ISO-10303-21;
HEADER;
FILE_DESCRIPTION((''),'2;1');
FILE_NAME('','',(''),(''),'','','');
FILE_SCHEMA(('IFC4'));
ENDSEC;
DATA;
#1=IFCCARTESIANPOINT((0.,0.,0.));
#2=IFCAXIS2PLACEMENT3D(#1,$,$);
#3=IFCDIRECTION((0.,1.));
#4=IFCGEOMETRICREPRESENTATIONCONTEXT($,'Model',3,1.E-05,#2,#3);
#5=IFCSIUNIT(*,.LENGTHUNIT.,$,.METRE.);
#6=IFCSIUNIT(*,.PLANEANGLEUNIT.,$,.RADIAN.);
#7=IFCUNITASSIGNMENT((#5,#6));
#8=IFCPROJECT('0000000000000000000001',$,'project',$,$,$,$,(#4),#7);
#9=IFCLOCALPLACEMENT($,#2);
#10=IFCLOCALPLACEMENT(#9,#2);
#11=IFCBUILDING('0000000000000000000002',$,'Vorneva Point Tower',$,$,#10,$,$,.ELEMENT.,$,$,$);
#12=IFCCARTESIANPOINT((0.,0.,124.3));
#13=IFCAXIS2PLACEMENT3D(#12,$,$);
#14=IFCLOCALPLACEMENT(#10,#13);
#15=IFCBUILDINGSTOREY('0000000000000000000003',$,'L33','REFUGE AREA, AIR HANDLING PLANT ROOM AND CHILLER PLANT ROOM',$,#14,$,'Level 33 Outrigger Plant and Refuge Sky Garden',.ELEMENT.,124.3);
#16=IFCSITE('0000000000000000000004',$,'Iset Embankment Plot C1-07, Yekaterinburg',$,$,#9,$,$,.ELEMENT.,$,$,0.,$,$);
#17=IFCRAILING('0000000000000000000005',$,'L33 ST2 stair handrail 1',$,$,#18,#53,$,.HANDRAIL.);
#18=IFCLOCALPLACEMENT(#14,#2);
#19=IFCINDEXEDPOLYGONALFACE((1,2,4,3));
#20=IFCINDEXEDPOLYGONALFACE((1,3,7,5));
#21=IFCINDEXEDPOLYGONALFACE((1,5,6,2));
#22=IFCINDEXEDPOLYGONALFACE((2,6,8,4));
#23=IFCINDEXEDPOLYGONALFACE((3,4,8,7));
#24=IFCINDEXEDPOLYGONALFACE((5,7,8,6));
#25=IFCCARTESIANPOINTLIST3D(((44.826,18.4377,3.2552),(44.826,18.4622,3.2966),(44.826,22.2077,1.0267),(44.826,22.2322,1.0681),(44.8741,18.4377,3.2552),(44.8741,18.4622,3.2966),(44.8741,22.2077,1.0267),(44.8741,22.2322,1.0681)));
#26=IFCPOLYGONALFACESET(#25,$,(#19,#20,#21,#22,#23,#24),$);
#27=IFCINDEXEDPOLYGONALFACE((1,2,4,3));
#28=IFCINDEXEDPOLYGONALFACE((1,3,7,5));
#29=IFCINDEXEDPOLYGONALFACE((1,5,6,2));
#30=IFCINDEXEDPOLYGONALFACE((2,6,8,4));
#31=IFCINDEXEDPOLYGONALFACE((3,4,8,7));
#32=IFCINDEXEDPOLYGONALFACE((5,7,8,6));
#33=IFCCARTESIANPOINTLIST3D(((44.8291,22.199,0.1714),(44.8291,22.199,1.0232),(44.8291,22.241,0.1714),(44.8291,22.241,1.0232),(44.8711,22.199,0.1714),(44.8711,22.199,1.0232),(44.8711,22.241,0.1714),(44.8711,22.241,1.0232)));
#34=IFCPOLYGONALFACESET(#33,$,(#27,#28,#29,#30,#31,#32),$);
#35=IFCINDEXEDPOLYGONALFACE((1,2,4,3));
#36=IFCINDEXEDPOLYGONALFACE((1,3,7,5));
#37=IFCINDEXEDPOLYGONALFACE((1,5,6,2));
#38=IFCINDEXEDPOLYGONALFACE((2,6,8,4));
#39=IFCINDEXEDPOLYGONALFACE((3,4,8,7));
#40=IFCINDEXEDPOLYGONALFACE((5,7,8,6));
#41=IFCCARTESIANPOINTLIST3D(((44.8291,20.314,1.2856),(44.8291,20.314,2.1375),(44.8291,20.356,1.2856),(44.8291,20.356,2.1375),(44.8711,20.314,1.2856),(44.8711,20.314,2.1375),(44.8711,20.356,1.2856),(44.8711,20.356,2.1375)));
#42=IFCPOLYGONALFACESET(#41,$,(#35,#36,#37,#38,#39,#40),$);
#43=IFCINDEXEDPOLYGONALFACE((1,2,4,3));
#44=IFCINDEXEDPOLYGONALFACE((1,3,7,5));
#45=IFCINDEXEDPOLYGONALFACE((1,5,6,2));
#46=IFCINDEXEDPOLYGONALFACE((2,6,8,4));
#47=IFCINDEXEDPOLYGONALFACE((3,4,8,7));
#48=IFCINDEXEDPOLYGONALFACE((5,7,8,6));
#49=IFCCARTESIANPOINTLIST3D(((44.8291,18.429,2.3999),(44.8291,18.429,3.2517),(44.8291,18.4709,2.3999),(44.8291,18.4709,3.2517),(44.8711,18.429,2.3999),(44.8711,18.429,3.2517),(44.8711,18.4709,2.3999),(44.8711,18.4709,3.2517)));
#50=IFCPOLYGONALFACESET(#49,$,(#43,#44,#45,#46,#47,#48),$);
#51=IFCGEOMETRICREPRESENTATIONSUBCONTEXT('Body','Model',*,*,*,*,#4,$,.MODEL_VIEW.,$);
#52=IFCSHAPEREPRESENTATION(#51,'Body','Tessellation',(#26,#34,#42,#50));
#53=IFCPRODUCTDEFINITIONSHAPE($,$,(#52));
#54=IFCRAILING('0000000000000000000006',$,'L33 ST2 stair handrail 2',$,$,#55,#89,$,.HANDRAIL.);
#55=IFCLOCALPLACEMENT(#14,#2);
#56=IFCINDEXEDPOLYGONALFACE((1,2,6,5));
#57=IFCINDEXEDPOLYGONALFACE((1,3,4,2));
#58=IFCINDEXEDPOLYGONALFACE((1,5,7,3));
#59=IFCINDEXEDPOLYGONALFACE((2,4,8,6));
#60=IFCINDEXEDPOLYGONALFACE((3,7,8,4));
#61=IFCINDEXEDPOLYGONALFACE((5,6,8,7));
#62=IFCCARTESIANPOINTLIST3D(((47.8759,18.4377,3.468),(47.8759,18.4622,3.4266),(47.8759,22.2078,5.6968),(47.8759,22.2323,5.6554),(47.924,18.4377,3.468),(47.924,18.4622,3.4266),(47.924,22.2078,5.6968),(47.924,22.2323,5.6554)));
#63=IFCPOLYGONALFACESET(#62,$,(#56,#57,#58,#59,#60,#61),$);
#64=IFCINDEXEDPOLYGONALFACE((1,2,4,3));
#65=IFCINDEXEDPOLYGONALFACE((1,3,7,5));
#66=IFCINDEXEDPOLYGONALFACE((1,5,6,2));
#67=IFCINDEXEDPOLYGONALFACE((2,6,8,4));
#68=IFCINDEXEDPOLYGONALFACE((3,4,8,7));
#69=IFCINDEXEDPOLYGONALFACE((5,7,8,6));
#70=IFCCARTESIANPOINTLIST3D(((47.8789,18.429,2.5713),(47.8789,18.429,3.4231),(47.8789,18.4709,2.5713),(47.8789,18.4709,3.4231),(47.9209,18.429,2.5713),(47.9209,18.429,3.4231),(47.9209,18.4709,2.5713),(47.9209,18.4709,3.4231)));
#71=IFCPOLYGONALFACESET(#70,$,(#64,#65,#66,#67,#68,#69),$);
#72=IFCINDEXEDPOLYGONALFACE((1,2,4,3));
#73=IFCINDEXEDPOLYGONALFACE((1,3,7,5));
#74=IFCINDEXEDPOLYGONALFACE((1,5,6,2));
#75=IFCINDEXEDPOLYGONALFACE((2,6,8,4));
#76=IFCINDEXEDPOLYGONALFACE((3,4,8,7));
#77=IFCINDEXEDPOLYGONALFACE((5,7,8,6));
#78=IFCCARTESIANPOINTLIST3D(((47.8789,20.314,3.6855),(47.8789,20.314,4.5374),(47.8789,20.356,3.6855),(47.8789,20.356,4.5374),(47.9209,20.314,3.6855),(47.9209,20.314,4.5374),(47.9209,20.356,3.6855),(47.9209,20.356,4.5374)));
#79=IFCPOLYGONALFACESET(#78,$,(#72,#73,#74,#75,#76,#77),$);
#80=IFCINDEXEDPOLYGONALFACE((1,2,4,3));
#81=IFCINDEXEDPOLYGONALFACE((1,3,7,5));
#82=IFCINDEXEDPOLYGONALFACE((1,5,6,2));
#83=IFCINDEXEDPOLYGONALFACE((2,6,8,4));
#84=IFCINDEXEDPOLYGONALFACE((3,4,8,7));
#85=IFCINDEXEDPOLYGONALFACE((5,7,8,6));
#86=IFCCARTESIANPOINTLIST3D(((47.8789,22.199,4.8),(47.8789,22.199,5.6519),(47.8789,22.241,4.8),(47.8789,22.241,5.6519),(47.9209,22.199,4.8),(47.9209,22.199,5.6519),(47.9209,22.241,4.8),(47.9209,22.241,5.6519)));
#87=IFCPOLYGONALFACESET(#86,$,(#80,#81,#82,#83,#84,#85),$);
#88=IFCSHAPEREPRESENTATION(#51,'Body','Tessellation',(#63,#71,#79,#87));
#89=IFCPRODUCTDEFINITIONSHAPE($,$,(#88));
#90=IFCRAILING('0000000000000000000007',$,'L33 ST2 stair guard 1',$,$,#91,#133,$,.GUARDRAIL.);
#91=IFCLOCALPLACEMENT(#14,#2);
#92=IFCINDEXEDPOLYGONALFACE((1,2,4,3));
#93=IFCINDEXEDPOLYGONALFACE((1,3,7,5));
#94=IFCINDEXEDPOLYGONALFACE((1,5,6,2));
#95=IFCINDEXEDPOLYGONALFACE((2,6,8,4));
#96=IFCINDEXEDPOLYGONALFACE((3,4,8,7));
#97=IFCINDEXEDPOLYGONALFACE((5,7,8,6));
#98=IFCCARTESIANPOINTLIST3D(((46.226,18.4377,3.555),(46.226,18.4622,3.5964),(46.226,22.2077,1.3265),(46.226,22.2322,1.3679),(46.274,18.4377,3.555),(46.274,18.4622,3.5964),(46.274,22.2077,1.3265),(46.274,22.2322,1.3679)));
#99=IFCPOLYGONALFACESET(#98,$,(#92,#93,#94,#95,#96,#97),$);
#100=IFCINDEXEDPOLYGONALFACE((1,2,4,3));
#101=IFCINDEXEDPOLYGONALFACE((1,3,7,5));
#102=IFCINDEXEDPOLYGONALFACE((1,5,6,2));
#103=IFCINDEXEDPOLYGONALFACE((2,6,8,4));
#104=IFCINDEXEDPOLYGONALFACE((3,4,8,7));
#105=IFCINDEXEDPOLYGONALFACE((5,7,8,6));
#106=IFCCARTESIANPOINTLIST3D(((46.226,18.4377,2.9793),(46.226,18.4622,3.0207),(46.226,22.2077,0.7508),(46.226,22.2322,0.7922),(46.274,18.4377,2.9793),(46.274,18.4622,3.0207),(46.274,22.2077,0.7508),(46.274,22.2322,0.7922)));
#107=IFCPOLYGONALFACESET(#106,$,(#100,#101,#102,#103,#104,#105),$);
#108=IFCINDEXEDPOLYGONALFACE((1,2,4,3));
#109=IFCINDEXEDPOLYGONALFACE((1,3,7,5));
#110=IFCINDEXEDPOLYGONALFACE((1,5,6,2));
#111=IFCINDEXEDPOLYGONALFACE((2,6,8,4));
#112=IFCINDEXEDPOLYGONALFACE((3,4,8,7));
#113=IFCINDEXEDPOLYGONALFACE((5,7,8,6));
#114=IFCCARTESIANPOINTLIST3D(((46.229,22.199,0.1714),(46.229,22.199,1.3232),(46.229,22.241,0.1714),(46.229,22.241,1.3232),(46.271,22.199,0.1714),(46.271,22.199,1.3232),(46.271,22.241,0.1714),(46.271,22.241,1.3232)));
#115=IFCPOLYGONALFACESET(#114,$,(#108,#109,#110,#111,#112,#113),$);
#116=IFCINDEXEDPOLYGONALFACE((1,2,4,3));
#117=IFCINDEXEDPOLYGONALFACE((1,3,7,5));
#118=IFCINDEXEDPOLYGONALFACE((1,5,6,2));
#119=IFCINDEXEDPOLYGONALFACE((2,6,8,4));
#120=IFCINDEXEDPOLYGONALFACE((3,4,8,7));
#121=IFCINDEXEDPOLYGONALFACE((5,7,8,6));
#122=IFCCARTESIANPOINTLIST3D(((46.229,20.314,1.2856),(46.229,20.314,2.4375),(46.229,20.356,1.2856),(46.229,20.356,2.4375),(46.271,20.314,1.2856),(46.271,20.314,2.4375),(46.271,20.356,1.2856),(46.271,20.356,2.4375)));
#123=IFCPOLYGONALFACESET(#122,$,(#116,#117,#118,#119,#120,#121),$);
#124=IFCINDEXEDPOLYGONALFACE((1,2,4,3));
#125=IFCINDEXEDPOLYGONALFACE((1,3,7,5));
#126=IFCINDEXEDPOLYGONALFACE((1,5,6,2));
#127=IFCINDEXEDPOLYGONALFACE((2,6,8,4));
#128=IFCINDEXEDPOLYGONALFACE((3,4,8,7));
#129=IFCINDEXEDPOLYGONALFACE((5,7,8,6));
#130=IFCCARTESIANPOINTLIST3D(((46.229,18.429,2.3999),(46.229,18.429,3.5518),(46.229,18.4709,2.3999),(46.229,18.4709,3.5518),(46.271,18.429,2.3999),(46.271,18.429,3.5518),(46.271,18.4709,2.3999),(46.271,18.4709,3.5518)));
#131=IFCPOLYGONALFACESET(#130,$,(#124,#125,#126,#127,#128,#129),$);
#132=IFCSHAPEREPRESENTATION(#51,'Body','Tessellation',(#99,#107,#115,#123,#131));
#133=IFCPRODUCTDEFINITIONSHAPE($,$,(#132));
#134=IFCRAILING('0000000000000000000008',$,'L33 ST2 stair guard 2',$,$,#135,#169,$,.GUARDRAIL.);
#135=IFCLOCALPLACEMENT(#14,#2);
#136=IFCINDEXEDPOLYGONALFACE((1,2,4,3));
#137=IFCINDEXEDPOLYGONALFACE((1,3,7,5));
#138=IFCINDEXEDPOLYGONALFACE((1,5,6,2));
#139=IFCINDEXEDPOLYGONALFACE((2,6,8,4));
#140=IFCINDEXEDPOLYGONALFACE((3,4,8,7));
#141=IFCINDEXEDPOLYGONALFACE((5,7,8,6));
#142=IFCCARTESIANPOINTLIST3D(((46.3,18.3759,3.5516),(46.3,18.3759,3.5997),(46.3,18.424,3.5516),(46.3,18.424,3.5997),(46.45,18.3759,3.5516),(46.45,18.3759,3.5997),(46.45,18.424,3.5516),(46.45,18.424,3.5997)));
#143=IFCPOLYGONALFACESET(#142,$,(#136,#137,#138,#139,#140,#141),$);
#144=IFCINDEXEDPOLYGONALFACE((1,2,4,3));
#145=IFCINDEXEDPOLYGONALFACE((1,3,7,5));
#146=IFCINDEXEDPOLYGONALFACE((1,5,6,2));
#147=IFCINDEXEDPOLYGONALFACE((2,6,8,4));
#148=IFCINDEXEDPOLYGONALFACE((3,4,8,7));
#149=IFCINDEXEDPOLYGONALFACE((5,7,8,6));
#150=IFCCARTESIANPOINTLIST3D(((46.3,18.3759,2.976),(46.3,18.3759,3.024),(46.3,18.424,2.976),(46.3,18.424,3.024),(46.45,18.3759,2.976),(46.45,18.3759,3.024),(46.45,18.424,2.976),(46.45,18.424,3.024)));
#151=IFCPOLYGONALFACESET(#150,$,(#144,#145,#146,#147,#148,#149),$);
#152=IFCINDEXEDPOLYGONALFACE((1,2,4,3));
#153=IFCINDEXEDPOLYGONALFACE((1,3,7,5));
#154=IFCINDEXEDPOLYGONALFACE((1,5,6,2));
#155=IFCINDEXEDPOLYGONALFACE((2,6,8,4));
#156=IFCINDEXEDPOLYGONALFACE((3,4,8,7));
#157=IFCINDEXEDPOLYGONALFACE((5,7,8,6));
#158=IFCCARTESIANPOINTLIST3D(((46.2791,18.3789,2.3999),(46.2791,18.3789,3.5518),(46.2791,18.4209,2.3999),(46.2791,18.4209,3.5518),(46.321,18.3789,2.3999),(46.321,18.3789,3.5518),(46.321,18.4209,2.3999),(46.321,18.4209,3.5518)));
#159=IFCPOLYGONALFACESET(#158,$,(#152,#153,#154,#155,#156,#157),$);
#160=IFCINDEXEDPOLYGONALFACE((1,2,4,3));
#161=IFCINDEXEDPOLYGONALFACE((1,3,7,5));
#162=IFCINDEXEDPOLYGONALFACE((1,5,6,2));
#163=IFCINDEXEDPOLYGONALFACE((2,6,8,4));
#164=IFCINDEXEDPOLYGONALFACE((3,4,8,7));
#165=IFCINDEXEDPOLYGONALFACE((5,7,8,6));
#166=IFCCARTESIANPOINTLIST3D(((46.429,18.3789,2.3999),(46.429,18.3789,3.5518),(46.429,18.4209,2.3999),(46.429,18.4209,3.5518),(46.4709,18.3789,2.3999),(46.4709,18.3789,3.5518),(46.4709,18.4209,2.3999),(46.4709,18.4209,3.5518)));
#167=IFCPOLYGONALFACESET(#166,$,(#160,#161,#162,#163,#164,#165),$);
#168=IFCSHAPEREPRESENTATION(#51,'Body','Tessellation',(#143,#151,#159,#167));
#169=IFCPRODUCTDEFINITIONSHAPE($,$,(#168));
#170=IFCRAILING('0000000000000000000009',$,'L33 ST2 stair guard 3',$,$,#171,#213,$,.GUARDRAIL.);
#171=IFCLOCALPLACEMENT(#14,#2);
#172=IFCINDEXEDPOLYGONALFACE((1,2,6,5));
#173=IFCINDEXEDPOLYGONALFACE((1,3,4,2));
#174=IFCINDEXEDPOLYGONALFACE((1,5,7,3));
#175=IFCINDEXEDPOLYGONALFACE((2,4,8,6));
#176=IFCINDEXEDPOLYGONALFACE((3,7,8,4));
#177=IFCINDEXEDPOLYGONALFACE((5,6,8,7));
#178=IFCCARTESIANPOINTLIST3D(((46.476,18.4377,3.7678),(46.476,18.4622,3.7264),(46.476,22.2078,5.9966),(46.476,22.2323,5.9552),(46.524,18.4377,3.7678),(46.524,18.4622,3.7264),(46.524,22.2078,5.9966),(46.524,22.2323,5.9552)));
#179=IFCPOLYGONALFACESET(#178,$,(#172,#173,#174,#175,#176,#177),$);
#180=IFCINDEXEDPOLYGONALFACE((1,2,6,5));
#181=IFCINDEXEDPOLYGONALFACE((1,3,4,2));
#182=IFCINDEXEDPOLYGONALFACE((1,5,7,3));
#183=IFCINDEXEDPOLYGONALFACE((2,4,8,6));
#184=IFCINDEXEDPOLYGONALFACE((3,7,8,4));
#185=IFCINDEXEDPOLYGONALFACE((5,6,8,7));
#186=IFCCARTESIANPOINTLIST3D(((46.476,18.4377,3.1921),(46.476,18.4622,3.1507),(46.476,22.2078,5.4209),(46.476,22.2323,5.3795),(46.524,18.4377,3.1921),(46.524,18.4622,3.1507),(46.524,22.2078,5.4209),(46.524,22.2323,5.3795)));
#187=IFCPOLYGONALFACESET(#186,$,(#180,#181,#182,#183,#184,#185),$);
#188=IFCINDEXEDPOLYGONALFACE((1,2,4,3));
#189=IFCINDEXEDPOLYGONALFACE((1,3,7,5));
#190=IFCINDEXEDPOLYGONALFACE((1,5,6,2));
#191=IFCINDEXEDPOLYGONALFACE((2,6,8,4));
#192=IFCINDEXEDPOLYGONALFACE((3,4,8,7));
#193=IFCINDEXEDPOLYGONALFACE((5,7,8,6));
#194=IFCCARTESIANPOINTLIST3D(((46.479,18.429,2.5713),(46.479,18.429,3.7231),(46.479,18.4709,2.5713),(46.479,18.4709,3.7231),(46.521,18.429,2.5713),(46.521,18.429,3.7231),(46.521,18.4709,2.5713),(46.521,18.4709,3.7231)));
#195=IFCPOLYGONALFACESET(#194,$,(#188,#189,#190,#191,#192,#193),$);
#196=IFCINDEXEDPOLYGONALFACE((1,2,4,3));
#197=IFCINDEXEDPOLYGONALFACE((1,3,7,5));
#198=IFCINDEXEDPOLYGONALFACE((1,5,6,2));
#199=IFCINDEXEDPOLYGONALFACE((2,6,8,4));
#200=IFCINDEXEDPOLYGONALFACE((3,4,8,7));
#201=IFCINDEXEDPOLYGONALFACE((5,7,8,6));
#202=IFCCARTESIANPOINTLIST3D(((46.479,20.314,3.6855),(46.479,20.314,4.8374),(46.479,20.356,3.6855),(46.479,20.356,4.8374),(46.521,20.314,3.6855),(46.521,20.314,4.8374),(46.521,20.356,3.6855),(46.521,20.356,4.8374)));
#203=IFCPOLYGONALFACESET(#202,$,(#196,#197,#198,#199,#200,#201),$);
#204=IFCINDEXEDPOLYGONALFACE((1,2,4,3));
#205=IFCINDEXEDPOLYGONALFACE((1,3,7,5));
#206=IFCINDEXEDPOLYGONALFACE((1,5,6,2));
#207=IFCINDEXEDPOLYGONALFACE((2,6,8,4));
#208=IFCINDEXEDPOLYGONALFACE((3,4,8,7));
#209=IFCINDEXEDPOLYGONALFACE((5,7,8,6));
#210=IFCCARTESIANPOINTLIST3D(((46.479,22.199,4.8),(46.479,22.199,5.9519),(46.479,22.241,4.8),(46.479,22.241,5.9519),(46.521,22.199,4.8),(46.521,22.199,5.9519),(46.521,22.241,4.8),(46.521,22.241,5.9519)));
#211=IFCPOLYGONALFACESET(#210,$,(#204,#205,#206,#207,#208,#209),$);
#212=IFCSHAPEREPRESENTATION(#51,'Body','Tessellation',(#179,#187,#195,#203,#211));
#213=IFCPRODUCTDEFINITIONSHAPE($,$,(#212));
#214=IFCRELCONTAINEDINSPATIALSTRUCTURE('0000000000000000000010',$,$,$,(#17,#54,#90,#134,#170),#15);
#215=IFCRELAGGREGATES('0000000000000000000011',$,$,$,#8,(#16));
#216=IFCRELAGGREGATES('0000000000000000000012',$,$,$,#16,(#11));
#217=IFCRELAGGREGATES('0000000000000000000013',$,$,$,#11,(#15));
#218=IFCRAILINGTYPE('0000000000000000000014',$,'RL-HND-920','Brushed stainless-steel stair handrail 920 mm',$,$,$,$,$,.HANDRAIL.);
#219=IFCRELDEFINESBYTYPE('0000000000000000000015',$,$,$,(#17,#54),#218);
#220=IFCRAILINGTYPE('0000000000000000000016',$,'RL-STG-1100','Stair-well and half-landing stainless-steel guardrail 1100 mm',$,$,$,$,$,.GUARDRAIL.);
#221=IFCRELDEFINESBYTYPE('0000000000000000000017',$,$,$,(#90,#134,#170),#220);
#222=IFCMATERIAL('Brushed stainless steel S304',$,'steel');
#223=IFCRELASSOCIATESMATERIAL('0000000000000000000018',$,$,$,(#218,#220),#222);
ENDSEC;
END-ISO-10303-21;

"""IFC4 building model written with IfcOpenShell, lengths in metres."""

from ifc_helpers import new_model, si_unit, direction, frame, origin, origin_2d, place, context, subcontext, project, spatial, rectangle, extrude, material, type_object, element, save


model = new_model("IFC4")

# Units and contexts
model_context = context("Model", 3, precision=1e-05, world=origin(), true_north=direction((0.0, 1.0)))
body_context = subcontext(model_context, "Body", "Model", "MODEL_VIEW")
ifc_project = project(units=[si_unit("LENGTHUNIT", "METRE"), si_unit("PLANEANGLEUNIT", "RADIAN")], contexts=[model_context])

# Site, building, storey
site_placement = place(None, origin())
site = spatial("IfcSite", under=ifc_project, at=site_placement, Name="Iset Embankment Plot C1-07, Yekaterinburg", CompositionType="ELEMENT", RefElevation=0.0)
building_placement = place(site_placement, origin())
building = spatial("IfcBuilding", under=site, at=building_placement, Name="Vorneva Point Tower", CompositionType="ELEMENT")
storey_placement = place(building_placement, frame((0.0, 0.0, 124.3)))
storey = spatial("IfcBuildingStorey", under=building, at=storey_placement, Name="L33", Description="REFUGE AREA, AIR HANDLING PLANT ROOM AND CHILLER PLANT ROOM", LongName="Level 33 Outrigger Plant and Refuge Sky Garden", CompositionType="ELEMENT", Elevation=124.3)

# Shared definitions
ifc_material_1 = material(Name="Brushed stainless steel S304", Category="steel")

# Railings
railing_type_1 = type_object("IfcRailingType", Name="RL-HND-920", Description="Brushed stainless-steel stair handrail 920 mm", PredefinedType="HANDRAIL", material=ifc_material_1)
railing_1_placement = place(storey_placement, frame((44.8501, 22.22, 0.1714)))
element("IfcRailing", 1, at=railing_1_placement, inside=storey, type_object=railing_type_1, Name="L33 ST2 stair handrail 1", PredefinedType="HANDRAIL", context=body_context, shape_type="SweptSolid", body=[
    extrude(rectangle(XDim=0.0481, YDim=0.0481, at=origin_2d()), frame((0.0, 0.0, 0.876), z_axis=(0.0, -0.860849, 0.508861), x_axis=(1.0, 0.0, 0.0)), (0.0, 0.0, 1.0), 4.3794),
    extrude(rectangle(XDim=0.042, YDim=0.042, at=origin_2d()), origin(), (0.0, 0.0, 1.0), 0.8518),
    extrude(rectangle(XDim=0.042, YDim=0.042, at=origin_2d()), frame((0.0, -1.885, 1.1143)), (0.0, 0.0, 1.0), 0.8518),
    extrude(rectangle(XDim=0.042, YDim=0.042, at=origin_2d()), frame((0.0, -3.77, 2.2285)), (0.0, 0.0, 1.0), 0.8518),
])
railing_2_placement = place(storey_placement, frame((47.8999, 18.45, 2.5713)))
element("IfcRailing", 2, at=railing_2_placement, inside=storey, type_object=railing_type_1, Name="L33 ST2 stair handrail 2", PredefinedType="HANDRAIL", context=body_context, shape_type="SweptSolid", body=[
    extrude(rectangle(XDim=0.0481, YDim=0.0481, at=origin_2d()), frame((0.0, 0.0, 0.876), z_axis=(0.0, 0.860824, 0.508902), x_axis=(-1.0, 0.0, 0.0)), (0.0, 0.0, 1.0), 4.3796),
    extrude(rectangle(XDim=0.042, YDim=0.042, at=origin_2d()), origin(), (0.0, 0.0, 1.0), 0.8518),
    extrude(rectangle(XDim=0.042, YDim=0.042, at=origin_2d()), frame((0.0, 1.885, 1.1143)), (0.0, 0.0, 1.0), 0.8518),
    extrude(rectangle(XDim=0.042, YDim=0.042, at=origin_2d()), frame((0.0, 3.77, 2.2288)), (0.0, 0.0, 1.0), 0.8518),
])
railing_type_2 = type_object("IfcRailingType", Name="RL-STG-1100", Description="Stair-well and half-landing stainless-steel guardrail 1100 mm", PredefinedType="GUARDRAIL", material=ifc_material_1)
railing_3_placement = place(storey_placement, frame((46.25, 22.22, 0.1714)))
element("IfcRailing", 3, at=railing_3_placement, inside=storey, type_object=railing_type_2, Name="L33 ST2 stair guard 1", PredefinedType="GUARDRAIL", context=body_context, shape_type="SweptSolid", body=[
    extrude(rectangle(XDim=0.0481, YDim=0.0481, at=origin_2d()), frame((0.0, 0.0, 1.1758), z_axis=(0.0, -0.860849, 0.508861), x_axis=(1.0, 0.0, 0.0)), (0.0, 0.0, 1.0), 4.3794),
    extrude(rectangle(XDim=0.0481, YDim=0.0481, at=origin_2d()), frame((0.0, 0.0, 0.6001), z_axis=(0.0, -0.860849, 0.508861), x_axis=(1.0, 0.0, 0.0)), (0.0, 0.0, 1.0), 4.3794),
    extrude(rectangle(XDim=0.042, YDim=0.042, at=origin_2d()), origin(), (0.0, 0.0, 1.0), 1.1519),
    extrude(rectangle(XDim=0.042, YDim=0.042, at=origin_2d()), frame((0.0, -1.885, 1.1143)), (0.0, 0.0, 1.0), 1.1519),
    extrude(rectangle(XDim=0.042, YDim=0.042, at=origin_2d()), frame((0.0, -3.77, 2.2285)), (0.0, 0.0, 1.0), 1.1519),
])
railing_4_placement = place(storey_placement, frame((46.3, 18.3999, 2.3999)))
element("IfcRailing", 4, at=railing_4_placement, inside=storey, type_object=railing_type_2, Name="L33 ST2 stair guard 2", PredefinedType="GUARDRAIL", context=body_context, shape_type="SweptSolid", body=[
    extrude(rectangle(XDim=0.0481, YDim=0.0481, at=origin_2d()), frame((0.0, 0.0, 1.1758), z_axis=(1.0, 0.0, 0.0), x_axis=(0.0, 1.0, 0.0)), (0.0, 0.0, 1.0), 0.1499),
    extrude(rectangle(XDim=0.0481, YDim=0.0481, at=origin_2d()), frame((0.0, 0.0, 0.6001), z_axis=(1.0, 0.0, 0.0), x_axis=(0.0, 1.0, 0.0)), (0.0, 0.0, 1.0), 0.1499),
    extrude(rectangle(XDim=0.042, YDim=0.042, at=origin_2d()), origin(), (0.0, 0.0, 1.0), 1.1519),
    extrude(rectangle(XDim=0.042, YDim=0.042, at=origin_2d()), frame((0.1499, 0.0, 0.0)), (0.0, 0.0, 1.0), 1.1519),
])
railing_5_placement = place(storey_placement, frame((46.5, 18.45, 2.5713)))
element("IfcRailing", 5, at=railing_5_placement, inside=storey, type_object=railing_type_2, Name="L33 ST2 stair guard 3", PredefinedType="GUARDRAIL", context=body_context, shape_type="SweptSolid", body=[
    extrude(rectangle(XDim=0.0481, YDim=0.0481, at=origin_2d()), frame((0.0, 0.0, 1.1758), z_axis=(0.0, 0.860824, 0.508902), x_axis=(-1.0, 0.0, 0.0)), (0.0, 0.0, 1.0), 4.3796),
    extrude(rectangle(XDim=0.0481, YDim=0.0481, at=origin_2d()), frame((0.0, 0.0, 0.6001), z_axis=(0.0, 0.860824, 0.508902), x_axis=(-1.0, 0.0, 0.0)), (0.0, 0.0, 1.0), 4.3796),
    extrude(rectangle(XDim=0.042, YDim=0.042, at=origin_2d()), origin(), (0.0, 0.0, 1.0), 1.1519),
    extrude(rectangle(XDim=0.042, YDim=0.042, at=origin_2d()), frame((0.0, 1.885, 1.1143)), (0.0, 0.0, 1.0), 1.1519),
    extrude(rectangle(XDim=0.042, YDim=0.042, at=origin_2d()), frame((0.0, 3.77, 2.2288)), (0.0, 0.0, 1.0), 1.1519),
])

save(model, "model.ifc")
